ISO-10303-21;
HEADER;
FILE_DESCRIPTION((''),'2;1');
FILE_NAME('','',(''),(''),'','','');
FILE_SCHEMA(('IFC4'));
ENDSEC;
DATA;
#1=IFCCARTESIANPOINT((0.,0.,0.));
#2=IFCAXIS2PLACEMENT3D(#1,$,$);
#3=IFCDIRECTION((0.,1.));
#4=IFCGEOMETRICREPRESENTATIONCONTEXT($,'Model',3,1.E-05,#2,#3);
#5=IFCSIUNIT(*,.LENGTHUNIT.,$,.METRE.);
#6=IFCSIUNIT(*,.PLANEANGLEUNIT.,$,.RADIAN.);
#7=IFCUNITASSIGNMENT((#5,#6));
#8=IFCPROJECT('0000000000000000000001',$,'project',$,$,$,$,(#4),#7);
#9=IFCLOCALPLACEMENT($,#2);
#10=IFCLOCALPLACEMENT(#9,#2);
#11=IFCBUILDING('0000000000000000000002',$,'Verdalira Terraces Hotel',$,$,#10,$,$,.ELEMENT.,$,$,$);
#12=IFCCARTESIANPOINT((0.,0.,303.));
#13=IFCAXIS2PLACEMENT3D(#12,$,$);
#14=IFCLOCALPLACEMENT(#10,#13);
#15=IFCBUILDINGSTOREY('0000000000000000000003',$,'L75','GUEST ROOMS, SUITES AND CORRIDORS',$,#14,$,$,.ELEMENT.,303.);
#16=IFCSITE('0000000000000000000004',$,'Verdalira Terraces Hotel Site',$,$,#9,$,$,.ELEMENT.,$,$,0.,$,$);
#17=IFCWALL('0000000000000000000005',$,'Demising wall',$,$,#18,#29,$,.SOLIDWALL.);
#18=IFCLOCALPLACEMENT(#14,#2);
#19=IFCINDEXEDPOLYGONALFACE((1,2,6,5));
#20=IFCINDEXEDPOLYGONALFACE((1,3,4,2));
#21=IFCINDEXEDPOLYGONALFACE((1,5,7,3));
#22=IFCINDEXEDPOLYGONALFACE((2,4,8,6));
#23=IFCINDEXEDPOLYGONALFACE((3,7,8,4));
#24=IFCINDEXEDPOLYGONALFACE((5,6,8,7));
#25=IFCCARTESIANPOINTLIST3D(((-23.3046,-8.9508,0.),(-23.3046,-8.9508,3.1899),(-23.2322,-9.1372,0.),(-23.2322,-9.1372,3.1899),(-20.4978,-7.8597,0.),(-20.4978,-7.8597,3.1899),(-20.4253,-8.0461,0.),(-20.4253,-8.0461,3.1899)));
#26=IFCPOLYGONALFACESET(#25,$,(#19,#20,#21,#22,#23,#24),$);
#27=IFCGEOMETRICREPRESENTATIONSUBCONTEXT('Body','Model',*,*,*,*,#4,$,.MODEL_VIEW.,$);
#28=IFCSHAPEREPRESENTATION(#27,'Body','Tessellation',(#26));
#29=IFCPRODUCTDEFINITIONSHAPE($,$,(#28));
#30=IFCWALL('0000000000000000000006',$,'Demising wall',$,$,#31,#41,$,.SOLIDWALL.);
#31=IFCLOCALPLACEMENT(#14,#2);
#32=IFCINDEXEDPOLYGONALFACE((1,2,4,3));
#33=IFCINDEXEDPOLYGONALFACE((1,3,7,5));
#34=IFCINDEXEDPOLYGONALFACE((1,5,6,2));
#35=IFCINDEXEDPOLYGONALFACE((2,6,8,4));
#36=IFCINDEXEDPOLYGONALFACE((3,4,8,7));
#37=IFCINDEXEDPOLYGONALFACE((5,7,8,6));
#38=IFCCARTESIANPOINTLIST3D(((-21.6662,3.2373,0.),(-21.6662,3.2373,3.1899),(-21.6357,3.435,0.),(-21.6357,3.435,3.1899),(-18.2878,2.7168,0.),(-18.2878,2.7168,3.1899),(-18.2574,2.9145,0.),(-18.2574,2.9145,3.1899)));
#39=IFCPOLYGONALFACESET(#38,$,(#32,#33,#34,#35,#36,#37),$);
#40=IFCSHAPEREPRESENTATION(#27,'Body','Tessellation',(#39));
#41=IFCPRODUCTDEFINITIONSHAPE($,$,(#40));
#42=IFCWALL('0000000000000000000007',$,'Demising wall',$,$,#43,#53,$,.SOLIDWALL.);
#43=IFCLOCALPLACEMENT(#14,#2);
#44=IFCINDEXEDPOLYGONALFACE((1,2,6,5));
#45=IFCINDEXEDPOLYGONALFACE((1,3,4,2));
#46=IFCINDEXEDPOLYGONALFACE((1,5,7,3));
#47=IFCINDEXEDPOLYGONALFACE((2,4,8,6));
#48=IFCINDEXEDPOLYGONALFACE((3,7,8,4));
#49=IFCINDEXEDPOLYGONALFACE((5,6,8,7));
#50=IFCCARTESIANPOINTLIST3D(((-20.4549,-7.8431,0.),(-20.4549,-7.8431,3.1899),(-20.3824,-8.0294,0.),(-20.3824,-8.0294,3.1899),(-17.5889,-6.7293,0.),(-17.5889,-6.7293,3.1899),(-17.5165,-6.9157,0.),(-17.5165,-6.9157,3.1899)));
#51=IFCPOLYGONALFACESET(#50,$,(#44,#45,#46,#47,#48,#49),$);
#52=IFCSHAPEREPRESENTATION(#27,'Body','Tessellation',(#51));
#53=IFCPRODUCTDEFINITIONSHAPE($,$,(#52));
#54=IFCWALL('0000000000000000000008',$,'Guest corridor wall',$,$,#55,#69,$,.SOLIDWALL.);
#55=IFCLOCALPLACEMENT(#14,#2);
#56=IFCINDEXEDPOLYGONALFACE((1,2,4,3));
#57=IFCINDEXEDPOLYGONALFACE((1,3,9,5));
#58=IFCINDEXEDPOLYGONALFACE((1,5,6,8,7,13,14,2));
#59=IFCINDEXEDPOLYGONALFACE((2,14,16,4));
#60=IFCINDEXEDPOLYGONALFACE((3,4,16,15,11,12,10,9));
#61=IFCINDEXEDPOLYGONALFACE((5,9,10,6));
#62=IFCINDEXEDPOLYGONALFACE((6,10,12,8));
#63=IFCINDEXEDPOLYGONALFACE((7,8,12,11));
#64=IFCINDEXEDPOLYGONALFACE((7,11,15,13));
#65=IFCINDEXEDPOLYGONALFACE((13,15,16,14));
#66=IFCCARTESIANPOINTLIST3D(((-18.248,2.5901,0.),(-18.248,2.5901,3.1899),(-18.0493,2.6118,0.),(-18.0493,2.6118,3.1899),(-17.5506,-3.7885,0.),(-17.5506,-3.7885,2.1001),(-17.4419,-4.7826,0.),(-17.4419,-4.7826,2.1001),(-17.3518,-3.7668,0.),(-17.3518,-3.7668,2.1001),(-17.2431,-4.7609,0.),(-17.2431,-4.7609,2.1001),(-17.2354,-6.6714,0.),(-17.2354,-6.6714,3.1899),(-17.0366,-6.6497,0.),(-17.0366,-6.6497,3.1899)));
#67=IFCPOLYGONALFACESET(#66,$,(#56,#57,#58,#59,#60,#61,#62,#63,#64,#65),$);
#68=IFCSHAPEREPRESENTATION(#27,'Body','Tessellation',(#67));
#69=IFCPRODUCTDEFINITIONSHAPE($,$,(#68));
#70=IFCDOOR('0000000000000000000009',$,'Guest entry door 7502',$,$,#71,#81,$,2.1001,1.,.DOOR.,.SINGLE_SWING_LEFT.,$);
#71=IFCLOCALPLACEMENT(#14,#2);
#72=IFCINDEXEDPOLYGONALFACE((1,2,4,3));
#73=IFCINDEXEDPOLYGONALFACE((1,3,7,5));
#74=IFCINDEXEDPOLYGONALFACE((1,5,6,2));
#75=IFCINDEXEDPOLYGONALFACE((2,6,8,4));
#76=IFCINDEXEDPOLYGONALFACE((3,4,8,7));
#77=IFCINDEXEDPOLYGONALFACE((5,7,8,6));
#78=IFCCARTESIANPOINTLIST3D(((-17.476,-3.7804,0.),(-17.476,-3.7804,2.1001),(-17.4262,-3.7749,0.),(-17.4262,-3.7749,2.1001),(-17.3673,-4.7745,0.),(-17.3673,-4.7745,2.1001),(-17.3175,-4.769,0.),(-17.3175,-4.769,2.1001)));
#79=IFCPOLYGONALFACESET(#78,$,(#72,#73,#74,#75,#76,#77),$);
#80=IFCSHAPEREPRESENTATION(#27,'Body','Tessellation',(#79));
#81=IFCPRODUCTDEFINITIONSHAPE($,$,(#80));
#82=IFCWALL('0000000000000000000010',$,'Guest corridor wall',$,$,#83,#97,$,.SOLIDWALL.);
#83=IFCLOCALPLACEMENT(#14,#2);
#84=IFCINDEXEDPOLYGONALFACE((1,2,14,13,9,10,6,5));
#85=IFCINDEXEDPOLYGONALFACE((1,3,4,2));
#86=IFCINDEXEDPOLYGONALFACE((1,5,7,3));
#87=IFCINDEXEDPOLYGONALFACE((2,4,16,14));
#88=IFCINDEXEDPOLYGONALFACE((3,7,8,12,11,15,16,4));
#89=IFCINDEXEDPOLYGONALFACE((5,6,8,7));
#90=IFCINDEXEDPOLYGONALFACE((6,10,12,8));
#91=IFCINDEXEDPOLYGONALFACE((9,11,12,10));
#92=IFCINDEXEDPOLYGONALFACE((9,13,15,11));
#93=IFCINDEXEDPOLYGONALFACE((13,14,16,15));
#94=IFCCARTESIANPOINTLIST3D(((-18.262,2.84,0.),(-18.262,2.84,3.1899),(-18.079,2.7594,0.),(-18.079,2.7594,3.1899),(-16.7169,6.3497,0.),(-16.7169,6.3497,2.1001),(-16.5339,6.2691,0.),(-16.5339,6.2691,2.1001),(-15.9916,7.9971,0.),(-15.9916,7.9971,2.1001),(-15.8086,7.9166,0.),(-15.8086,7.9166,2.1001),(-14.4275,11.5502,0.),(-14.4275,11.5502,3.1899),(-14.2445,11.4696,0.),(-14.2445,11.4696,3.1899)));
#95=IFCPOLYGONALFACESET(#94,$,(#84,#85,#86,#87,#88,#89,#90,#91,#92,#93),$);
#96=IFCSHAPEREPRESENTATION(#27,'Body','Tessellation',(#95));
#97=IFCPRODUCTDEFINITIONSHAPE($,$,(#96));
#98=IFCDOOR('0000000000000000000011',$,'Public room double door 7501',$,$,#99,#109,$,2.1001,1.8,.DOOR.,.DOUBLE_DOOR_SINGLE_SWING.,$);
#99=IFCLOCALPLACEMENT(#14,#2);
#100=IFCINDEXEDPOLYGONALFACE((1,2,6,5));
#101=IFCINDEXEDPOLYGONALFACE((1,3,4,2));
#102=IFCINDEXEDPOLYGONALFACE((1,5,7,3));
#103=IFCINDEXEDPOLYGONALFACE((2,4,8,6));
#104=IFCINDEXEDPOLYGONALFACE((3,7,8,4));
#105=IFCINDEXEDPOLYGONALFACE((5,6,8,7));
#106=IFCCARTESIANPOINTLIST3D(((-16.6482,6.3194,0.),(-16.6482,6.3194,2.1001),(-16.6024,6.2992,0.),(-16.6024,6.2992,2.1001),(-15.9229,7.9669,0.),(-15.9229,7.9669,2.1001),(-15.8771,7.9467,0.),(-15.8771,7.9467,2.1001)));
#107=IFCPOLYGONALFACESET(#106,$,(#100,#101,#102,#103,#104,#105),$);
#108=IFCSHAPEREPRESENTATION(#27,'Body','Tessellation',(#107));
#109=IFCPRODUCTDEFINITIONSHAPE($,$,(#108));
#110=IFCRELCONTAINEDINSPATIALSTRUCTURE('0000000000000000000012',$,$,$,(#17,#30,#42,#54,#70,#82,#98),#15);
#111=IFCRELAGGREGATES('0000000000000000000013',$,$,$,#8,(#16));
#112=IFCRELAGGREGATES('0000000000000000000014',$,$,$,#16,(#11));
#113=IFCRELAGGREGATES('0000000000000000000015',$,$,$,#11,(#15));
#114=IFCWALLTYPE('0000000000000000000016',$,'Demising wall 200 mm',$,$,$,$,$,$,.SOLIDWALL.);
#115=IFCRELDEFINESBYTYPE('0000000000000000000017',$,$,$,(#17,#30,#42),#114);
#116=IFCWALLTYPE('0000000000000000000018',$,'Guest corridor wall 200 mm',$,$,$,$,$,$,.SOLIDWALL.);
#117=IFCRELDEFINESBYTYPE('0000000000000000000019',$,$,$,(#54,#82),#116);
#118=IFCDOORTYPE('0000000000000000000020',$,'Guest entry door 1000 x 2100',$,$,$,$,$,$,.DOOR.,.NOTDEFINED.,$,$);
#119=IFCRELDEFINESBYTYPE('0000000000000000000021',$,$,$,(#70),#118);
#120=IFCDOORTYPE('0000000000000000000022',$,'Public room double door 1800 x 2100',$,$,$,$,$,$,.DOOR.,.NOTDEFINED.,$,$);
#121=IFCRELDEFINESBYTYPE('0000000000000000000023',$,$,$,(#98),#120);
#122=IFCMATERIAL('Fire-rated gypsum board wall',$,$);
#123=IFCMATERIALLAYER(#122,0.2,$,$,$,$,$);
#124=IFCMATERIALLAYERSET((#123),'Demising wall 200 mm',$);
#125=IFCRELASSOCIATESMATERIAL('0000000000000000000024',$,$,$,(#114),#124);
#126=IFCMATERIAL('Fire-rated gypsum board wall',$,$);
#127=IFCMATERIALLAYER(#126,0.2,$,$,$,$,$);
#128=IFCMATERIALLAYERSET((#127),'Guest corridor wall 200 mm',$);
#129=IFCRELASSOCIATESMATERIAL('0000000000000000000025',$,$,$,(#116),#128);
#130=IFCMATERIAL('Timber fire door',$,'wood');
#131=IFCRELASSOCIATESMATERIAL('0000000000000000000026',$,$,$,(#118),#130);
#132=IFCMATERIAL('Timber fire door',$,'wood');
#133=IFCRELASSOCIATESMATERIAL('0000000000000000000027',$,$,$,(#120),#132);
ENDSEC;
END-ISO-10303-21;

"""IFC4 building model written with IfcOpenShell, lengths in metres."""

from ifc_helpers import new_model, si_unit, direction, frame, frame_2d, origin, place, context, subcontext, project, spatial, rectangle, extrude, material, layer, layer_set, type_object, element, fill, save


model = new_model("IFC4")

# Units and contexts
model_context = context("Model", 3, precision=1e-05, world=origin(), true_north=direction((0.0, 1.0)))
body_context = subcontext(model_context, "Body", "Model", "MODEL_VIEW")
ifc_project = project(units=[si_unit("LENGTHUNIT", "METRE"), si_unit("PLANEANGLEUNIT", "RADIAN")], contexts=[model_context])

# Site, building, storey
site_placement = place(None, origin())
site = spatial("IfcSite", under=ifc_project, at=site_placement, Name="Verdalira Terraces Hotel Site", CompositionType="ELEMENT", RefElevation=0.0)
building_placement = place(site_placement, origin())
building = spatial("IfcBuilding", under=site, at=building_placement, Name="Verdalira Terraces Hotel", CompositionType="ELEMENT")
storey_placement = place(building_placement, frame((0.0, 0.0, 303.0)))
storey = spatial("IfcBuildingStorey", under=building, at=storey_placement, Name="L75", Description="GUEST ROOMS, SUITES AND CORRIDORS", CompositionType="ELEMENT", Elevation=303.0)

# Walls
ifc_material_1 = material(Name="Fire-rated gypsum board wall")
ifc_layer_1 = layer(ifc_material_1, 0.2)
ifc_layer_set_1 = layer_set([ifc_layer_1], Name="Demising wall 200 mm")
wall_type_1 = type_object("IfcWallType", Name="Demising wall 200 mm", PredefinedType="SOLIDWALL", material=ifc_layer_set_1)
wall_1_placement = place(storey_placement, frame((-20.4614, -7.9529, 0.0), z_axis=(0.0, 0.0, 1.0), x_axis=(-0.932061, -0.362302, 0.0)))
element("IfcWall", 1, at=wall_1_placement, inside=storey, type_object=wall_type_1, Name="Demising wall", PredefinedType="SOLIDWALL", context=body_context, shape_type="SweptSolid", body=[
    extrude(rectangle(XDim=3.0115, YDim=0.2, at=frame_2d((1.5059, 0.0))), origin(), (0.0, 0.0, 1.0), 3.1899),
])
wall_2_placement = place(storey_placement, frame((-18.2727, 2.8157, 0.0), z_axis=(0.0, 0.0, 1.0), x_axis=(-0.988339, 0.152272, 0.0)))
element("IfcWall", 2, at=wall_2_placement, inside=storey, type_object=wall_type_1, Name="Demising wall", PredefinedType="SOLIDWALL", context=body_context, shape_type="SweptSolid", body=[
    extrude(rectangle(XDim=3.4182, YDim=0.2, at=frame_2d((1.709, 0.0))), origin(), (0.0, 0.0, 1.0), 3.1899),
])
wall_3_placement = place(storey_placement, frame((-17.5527, -6.8225, 0.0), z_axis=(0.0, 0.0, 1.0), x_axis=(-0.93209, -0.362228, 0.0)))
element("IfcWall", 3, at=wall_3_placement, inside=storey, type_object=wall_type_1, Name="Demising wall", PredefinedType="SOLIDWALL", context=body_context, shape_type="SweptSolid", body=[
    extrude(rectangle(XDim=3.0747, YDim=0.2, at=frame_2d((1.5374, 0.0))), origin(), (0.0, 0.0, 1.0), 3.1899),
])

# Walls, openings, doors
ifc_material_2 = material(Name="Fire-rated gypsum board wall")
ifc_layer_2 = layer(ifc_material_2, 0.2)
ifc_layer_set_2 = layer_set([ifc_layer_2], Name="Guest corridor wall 200 mm")
wall_type_2 = type_object("IfcWallType", Name="Guest corridor wall 200 mm", PredefinedType="SOLIDWALL", material=ifc_layer_set_2)
wall_4_placement = place(storey_placement, frame((-17.136, -6.6604, 0.0), z_axis=(0.0, 0.0, 1.0), x_axis=(-0.108697, 0.994075, 0.0)))
wall_4 = element("IfcWall", 4, at=wall_4_placement, inside=storey, type_object=wall_type_2, Name="Guest corridor wall", PredefinedType="SOLIDWALL", context=body_context, shape_type="SweptSolid", body=[
    extrude(rectangle(XDim=9.3166, YDim=0.2, at=frame_2d((4.6582, 0.0))), origin(), (0.0, 0.0, 1.0), 3.1899),
])
opening_1_placement = place(wall_4_placement, frame((1.8999, 0.0, 0.0)))
opening_1 = element("IfcOpeningElement", 5, at=opening_1_placement, cuts=wall_4, PredefinedType="OPENING", context=body_context, shape_type="SweptSolid", body=[
    extrude(rectangle(XDim=1.0, YDim=2.1001, at=frame_2d((0.5, 1.05))), frame((0.0, 0.1099, 0.0), z_axis=(0.0, -1.0, 0.0), x_axis=(1.0, 0.0, 0.0)), (0.0, 0.0, 1.0), 0.22),
])
ifc_material_3 = material(Name="Timber fire door", Category="wood")
door_type_1 = type_object("IfcDoorType", Name="Guest entry door 1000 x 2100", OperationType="NOTDEFINED", PredefinedType="DOOR", material=ifc_material_3)
door_1_placement = place(opening_1_placement, origin())
door_1 = element("IfcDoor", 6, at=door_1_placement, inside=storey, type_object=door_type_1, Name="Guest entry door 7502", OperationType="SINGLE_SWING_LEFT", OverallHeight=2.1001, OverallWidth=1.0, PredefinedType="DOOR", context=body_context, shape_type="SweptSolid", body=[
    extrude(rectangle(XDim=1.0, YDim=2.1001, at=frame_2d((0.5, 1.05))), frame((0.0, 0.0249, 0.0), z_axis=(0.0, -1.0, 0.0), x_axis=(1.0, 0.0, 0.0)), (0.0, 0.0, 1.0), 0.05),
])
fill(opening_1, door_1)
wall_5_placement = place(storey_placement, frame((-18.1704, 2.7998, 0.0), z_axis=(0.0, 0.0, 1.0), x_axis=(0.402913, 0.915238, 0.0)))
wall_5 = element("IfcWall", 7, at=wall_5_placement, inside=storey, type_object=wall_type_2, Name="Guest corridor wall", PredefinedType="SOLIDWALL", context=body_context, shape_type="SweptSolid", body=[
    extrude(rectangle(XDim=9.5168, YDim=0.2, at=frame_2d((4.7583, 0.0))), origin(), (0.0, 0.0, 1.0), 3.1899),
])
opening_2_placement = place(wall_5_placement, frame((3.8347, 0.0, 0.0)))
opening_2 = element("IfcOpeningElement", 8, at=opening_2_placement, cuts=wall_5, PredefinedType="OPENING", context=body_context, shape_type="SweptSolid", body=[
    extrude(rectangle(XDim=1.8, YDim=2.1001, at=frame_2d((0.8999, 1.05))), frame((0.0, 0.1099, 0.0), z_axis=(0.0, -1.0, 0.0), x_axis=(1.0, 0.0, 0.0)), (0.0, 0.0, 1.0), 0.22),
])
ifc_material_4 = material(Name="Timber fire door", Category="wood")
door_type_2 = type_object("IfcDoorType", Name="Public room double door 1800 x 2100", OperationType="NOTDEFINED", PredefinedType="DOOR", material=ifc_material_4)
door_2_placement = place(opening_2_placement, origin())
door_2 = element("IfcDoor", 9, at=door_2_placement, inside=storey, type_object=door_type_2, Name="Public room double door 7501", OperationType="DOUBLE_DOOR_SINGLE_SWING", OverallHeight=2.1001, OverallWidth=1.8, PredefinedType="DOOR", context=body_context, shape_type="SweptSolid", body=[
    extrude(rectangle(XDim=1.8, YDim=2.1001, at=frame_2d((0.8999, 1.05))), frame((0.0, 0.0249, 0.0), z_axis=(0.0, -1.0, 0.0), x_axis=(1.0, 0.0, 0.0)), (0.0, 0.0, 1.0), 0.05),
])
fill(opening_2, door_2)

save(model, "model.ifc")
